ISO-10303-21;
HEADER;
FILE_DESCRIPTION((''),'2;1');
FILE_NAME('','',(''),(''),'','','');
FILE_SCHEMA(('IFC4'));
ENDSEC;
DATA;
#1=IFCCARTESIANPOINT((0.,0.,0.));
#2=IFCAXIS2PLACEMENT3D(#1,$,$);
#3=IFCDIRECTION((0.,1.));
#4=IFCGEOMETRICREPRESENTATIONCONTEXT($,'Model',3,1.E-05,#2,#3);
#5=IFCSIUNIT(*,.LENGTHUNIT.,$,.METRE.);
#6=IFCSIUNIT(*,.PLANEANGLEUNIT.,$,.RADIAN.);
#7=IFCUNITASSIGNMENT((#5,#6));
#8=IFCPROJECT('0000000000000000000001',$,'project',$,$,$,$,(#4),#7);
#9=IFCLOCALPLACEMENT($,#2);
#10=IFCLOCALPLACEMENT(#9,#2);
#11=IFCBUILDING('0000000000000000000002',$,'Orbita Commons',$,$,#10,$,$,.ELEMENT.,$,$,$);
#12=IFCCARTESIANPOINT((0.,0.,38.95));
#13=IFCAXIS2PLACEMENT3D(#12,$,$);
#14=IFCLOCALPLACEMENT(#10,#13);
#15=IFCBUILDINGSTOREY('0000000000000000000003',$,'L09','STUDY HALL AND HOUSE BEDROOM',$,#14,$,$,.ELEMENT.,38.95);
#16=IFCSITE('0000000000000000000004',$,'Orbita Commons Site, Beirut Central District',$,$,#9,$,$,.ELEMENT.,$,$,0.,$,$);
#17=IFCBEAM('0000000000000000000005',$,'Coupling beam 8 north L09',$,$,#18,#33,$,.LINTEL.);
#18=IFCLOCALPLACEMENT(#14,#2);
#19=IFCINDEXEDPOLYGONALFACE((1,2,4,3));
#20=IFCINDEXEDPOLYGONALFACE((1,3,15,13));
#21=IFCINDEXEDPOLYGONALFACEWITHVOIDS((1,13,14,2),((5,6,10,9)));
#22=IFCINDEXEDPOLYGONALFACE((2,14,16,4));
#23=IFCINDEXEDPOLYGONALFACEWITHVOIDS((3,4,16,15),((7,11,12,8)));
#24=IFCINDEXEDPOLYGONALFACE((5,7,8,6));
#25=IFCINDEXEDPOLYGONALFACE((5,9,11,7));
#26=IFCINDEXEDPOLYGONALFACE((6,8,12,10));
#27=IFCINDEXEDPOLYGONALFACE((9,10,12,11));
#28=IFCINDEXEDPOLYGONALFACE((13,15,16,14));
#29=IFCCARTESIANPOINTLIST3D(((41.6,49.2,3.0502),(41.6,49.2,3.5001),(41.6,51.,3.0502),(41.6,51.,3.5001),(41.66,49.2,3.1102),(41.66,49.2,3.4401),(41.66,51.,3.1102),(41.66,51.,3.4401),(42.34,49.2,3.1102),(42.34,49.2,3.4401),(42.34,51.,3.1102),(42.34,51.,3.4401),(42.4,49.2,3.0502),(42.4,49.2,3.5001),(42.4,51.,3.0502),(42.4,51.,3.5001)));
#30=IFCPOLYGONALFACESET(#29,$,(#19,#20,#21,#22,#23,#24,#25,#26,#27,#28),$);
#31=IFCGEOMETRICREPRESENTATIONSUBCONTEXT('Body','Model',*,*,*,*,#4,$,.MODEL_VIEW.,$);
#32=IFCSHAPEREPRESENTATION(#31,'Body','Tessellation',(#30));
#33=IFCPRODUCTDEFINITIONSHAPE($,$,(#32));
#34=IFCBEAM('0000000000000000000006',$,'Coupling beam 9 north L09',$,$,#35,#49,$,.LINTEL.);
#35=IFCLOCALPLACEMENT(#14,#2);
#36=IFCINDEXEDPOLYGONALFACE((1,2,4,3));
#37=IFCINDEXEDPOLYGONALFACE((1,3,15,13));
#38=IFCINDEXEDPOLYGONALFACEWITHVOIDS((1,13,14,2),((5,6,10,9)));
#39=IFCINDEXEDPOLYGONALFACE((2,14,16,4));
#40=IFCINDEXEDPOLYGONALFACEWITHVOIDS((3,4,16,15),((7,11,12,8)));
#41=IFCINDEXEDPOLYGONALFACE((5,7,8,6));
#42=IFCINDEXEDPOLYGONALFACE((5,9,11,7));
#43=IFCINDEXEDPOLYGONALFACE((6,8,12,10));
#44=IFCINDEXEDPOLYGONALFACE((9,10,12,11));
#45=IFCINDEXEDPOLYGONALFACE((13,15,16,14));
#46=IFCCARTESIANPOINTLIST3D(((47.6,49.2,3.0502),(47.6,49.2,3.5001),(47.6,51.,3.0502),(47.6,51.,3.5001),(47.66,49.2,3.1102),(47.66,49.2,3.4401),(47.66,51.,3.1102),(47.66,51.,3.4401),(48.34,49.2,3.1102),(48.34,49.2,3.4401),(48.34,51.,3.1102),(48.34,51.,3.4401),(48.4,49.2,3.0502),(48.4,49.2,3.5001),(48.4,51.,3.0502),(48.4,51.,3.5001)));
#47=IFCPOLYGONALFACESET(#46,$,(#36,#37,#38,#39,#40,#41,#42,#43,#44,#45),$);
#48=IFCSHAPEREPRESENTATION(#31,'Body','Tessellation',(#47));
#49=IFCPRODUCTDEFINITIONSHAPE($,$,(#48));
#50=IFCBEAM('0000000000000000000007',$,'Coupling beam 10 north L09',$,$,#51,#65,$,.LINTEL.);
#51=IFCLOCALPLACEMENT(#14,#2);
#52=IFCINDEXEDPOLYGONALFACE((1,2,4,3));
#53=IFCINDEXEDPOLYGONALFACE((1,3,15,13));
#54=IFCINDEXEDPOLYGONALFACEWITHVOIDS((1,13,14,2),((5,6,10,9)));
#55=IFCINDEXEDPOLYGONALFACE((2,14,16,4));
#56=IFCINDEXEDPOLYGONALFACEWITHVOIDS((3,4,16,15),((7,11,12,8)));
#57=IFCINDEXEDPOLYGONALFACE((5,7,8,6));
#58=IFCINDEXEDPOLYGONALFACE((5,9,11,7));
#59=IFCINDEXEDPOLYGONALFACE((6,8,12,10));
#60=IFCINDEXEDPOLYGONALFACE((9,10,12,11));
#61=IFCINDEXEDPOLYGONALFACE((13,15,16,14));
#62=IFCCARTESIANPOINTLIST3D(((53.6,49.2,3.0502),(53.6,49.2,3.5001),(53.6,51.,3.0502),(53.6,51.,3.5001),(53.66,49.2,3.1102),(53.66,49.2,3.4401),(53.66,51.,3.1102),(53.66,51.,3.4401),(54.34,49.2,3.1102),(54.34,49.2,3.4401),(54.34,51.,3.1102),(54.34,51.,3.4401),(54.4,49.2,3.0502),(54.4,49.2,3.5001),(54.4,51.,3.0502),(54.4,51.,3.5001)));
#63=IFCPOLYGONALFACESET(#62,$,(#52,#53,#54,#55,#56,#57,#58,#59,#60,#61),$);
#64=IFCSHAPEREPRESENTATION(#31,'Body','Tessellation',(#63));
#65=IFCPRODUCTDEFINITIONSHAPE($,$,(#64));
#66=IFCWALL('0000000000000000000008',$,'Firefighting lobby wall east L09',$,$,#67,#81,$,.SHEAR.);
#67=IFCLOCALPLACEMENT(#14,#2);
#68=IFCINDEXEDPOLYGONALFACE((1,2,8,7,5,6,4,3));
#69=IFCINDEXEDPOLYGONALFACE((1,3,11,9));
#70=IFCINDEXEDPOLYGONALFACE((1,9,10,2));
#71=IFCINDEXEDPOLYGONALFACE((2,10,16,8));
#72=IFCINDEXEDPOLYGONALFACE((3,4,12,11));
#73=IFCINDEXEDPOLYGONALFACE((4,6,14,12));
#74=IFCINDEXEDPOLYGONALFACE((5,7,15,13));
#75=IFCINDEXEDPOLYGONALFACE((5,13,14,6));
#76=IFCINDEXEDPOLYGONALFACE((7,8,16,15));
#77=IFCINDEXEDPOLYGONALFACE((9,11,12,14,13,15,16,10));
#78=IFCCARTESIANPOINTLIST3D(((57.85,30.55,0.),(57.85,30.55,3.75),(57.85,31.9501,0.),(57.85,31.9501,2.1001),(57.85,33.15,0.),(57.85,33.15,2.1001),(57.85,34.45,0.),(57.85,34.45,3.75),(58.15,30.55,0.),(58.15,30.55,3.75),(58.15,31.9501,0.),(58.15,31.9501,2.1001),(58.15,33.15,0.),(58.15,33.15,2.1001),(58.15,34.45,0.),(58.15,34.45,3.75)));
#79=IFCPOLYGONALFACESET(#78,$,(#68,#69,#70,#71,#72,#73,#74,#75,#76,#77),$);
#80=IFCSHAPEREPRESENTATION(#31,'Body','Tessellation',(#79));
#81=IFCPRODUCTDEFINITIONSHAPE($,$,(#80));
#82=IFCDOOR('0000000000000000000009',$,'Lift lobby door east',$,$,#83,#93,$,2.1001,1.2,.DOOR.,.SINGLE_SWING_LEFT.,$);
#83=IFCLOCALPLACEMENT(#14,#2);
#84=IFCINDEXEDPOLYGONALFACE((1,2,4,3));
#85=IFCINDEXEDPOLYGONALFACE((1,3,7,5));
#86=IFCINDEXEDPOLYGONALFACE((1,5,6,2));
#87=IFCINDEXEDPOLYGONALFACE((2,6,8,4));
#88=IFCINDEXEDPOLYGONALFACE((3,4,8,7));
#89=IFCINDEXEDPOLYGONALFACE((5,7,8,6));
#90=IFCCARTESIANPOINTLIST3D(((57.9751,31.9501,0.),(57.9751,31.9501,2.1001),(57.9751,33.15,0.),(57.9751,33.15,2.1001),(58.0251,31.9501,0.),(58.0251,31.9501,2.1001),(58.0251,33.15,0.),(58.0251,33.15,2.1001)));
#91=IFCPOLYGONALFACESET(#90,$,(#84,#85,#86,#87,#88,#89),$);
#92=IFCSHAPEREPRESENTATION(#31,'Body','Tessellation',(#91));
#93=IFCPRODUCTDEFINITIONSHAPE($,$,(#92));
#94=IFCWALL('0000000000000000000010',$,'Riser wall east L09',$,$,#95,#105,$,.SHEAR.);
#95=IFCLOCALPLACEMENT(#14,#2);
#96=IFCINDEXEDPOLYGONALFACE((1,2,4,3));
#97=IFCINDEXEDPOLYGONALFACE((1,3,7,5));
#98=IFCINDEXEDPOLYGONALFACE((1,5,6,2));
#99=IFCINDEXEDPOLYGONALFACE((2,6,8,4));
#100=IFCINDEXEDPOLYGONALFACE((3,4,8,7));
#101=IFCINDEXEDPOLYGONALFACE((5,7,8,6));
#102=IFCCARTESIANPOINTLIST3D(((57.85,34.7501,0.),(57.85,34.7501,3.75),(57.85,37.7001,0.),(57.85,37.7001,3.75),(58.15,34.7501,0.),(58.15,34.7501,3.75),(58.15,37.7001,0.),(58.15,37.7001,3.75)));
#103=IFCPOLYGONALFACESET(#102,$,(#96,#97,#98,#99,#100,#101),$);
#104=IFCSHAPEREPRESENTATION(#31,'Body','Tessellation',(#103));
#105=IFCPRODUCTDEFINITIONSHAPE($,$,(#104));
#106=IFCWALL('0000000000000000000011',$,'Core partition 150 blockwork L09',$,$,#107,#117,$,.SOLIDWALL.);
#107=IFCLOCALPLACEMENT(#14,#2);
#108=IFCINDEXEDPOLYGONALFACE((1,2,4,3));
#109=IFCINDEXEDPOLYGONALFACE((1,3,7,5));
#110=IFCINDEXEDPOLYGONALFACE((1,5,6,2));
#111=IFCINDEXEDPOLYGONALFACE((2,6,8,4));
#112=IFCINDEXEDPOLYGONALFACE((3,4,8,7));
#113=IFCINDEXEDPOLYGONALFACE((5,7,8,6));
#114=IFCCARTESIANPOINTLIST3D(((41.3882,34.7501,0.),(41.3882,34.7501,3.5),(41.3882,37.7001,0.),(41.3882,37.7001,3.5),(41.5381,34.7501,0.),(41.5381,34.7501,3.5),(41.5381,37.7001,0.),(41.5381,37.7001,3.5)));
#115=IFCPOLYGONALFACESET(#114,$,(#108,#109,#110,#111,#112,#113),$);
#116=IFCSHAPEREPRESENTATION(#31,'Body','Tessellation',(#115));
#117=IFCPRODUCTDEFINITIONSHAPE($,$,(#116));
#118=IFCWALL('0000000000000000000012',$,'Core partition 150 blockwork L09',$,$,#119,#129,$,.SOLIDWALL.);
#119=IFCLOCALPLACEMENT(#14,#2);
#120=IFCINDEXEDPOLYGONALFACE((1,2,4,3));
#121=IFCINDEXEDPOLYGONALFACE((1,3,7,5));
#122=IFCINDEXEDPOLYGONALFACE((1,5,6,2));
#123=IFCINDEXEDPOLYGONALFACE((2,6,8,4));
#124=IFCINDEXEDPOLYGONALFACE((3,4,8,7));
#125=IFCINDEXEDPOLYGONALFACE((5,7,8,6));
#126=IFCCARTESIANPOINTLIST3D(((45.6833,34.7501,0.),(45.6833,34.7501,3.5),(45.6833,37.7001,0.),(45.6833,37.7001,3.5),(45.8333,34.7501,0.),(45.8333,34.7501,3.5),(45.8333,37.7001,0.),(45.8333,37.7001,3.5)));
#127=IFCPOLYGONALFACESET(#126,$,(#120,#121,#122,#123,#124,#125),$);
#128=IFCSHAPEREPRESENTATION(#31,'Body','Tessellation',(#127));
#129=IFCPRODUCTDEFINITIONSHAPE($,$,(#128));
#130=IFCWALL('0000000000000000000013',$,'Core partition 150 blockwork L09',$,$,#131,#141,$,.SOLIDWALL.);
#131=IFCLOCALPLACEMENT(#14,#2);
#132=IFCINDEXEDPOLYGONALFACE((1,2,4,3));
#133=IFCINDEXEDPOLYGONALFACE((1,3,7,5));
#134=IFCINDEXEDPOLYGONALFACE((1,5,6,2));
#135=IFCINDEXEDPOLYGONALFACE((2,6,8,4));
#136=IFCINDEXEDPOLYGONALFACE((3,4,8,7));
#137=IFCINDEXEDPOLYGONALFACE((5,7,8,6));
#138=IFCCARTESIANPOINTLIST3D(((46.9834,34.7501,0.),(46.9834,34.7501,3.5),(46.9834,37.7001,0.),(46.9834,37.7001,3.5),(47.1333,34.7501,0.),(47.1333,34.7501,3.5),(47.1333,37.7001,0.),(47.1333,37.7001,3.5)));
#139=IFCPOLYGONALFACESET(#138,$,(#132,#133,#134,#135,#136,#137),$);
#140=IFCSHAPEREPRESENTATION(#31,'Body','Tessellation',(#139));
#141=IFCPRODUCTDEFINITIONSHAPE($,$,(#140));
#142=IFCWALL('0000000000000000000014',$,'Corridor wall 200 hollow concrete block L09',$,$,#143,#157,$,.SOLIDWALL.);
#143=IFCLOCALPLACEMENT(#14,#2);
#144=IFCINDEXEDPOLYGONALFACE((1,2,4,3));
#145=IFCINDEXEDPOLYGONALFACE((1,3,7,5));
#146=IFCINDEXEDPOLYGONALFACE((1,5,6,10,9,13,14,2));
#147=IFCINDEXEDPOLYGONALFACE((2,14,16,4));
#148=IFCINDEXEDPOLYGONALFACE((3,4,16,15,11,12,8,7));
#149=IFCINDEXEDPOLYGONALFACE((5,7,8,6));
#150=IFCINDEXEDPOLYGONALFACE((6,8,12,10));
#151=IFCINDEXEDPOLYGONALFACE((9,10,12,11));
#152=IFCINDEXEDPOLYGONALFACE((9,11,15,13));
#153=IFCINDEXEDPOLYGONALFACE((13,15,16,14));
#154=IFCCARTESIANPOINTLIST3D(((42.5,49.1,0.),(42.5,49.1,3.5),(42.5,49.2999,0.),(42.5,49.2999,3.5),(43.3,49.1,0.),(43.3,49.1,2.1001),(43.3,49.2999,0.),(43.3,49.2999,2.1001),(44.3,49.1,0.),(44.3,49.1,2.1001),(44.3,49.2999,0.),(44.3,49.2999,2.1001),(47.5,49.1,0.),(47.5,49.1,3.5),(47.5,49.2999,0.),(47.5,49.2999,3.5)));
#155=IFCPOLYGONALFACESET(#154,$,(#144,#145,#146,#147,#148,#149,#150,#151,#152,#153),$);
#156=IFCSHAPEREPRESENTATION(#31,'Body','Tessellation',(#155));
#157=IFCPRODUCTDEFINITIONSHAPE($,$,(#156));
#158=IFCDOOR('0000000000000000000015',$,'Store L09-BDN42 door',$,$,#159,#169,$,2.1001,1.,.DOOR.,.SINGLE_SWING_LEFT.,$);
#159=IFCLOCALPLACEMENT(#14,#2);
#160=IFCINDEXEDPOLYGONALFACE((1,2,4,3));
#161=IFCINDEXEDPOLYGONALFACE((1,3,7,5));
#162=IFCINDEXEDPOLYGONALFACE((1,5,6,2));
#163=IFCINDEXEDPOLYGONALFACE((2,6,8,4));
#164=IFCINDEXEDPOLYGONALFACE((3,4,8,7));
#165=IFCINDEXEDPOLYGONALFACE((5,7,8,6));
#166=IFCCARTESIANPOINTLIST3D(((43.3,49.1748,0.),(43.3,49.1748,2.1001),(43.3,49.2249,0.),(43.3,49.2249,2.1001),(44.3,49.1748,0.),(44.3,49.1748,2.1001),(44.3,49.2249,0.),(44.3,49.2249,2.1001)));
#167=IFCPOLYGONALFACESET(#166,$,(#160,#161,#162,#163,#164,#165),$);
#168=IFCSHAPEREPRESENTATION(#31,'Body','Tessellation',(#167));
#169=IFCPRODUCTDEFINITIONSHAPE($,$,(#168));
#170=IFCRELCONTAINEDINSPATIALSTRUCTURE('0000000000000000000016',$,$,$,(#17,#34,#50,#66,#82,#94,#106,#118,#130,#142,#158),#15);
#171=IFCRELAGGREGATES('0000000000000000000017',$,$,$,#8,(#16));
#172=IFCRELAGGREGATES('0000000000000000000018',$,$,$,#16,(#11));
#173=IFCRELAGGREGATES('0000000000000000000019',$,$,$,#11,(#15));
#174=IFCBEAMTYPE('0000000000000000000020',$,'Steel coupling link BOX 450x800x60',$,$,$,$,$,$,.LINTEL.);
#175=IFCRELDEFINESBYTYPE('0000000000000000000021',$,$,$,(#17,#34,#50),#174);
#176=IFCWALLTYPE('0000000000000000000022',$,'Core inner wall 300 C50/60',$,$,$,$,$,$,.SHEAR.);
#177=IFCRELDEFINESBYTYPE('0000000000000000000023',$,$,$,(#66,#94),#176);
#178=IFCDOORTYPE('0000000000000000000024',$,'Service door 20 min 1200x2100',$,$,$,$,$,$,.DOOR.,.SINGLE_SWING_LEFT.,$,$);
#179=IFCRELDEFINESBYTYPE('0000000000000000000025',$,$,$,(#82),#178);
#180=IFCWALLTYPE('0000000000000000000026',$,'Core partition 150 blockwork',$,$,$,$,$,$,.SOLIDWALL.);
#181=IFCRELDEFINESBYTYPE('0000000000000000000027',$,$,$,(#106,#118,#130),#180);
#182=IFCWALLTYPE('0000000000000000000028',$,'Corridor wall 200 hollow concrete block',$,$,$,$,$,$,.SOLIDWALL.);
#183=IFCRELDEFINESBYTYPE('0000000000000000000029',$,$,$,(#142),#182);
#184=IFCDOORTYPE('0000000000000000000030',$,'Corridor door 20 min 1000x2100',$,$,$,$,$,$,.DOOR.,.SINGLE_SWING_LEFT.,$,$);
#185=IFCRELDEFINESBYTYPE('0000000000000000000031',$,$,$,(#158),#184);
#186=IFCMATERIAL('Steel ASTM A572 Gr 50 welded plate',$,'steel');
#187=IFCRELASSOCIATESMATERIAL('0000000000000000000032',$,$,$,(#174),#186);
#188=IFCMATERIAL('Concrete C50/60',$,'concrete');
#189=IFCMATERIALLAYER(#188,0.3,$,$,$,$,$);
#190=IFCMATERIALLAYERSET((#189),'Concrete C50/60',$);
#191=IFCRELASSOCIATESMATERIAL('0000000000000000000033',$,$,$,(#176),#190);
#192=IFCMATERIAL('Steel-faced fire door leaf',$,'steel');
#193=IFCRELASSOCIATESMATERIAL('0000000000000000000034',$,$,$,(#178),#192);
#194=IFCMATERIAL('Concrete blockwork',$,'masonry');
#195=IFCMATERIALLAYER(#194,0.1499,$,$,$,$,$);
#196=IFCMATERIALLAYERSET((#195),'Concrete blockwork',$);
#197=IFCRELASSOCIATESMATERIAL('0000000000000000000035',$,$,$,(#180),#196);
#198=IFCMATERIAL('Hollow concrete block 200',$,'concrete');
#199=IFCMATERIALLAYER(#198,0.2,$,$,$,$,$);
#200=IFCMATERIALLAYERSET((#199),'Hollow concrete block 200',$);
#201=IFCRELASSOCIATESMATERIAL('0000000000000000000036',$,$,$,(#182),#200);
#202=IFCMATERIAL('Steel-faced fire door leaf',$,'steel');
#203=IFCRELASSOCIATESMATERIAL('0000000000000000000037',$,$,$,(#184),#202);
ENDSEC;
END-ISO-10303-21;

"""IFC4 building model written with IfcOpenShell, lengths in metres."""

from ifc_helpers import new_model, si_unit, direction, frame, frame_2d, origin, origin_2d, place, context, subcontext, project, spatial, rectangle, hollow_rectangle, extrude, material, layer, layer_set, material_profile, profile_set, type_object, element, fill, save


model = new_model("IFC4")

# Units and contexts
model_context = context("Model", 3, precision=1e-05, world=origin(), true_north=direction((0.0, 1.0)))
body_context = subcontext(model_context, "Body", "Model", "MODEL_VIEW")
ifc_project = project(units=[si_unit("LENGTHUNIT", "METRE"), si_unit("PLANEANGLEUNIT", "RADIAN")], contexts=[model_context])

# Site, building, storey
site_placement = place(None, origin())
site = spatial("IfcSite", under=ifc_project, at=site_placement, Name="Orbita Commons Site, Beirut Central District", CompositionType="ELEMENT", RefElevation=0.0)
building_placement = place(site_placement, origin())
building = spatial("IfcBuilding", under=site, at=building_placement, Name="Orbita Commons", CompositionType="ELEMENT")
storey_placement = place(building_placement, frame((0.0, 0.0, 38.95)))
storey = spatial("IfcBuildingStorey", under=building, at=storey_placement, Name="L09", Description="STUDY HALL AND HOUSE BEDROOM", CompositionType="ELEMENT", Elevation=38.95)

# Beams
ifc_material_1 = material(Name="Steel ASTM A572 Gr 50 welded plate", Category="steel")
ifc_material_profile = material_profile(ifc_material_1, hollow_rectangle(XDim=0.8, YDim=0.45, WallThickness=0.0601, at=origin_2d()), Name="BOX 450x800x60")
ifc_profile_set = profile_set([ifc_material_profile], Name="Steel ASTM A572 Gr 50 welded plate")
beam_type = type_object("IfcBeamType", Name="Steel coupling link BOX 450x800x60", PredefinedType="LINTEL", material=ifc_profile_set)
for number, where, z_axis, x_axis, name in (
    (1, (42.0, 49.2, 3.2751), (0.0, 1.0, 0.0), (-1.0, 0.0, 0.0), "Coupling beam 8 north L09"),
    (2, (48.0, 49.2, 3.2751), (0.0, 1.0, 0.0), (-1.0, 0.0, 0.0), "Coupling beam 9 north L09"),
    (3, (54.0, 49.2, 3.2751), (0.0, 1.0, 0.0), (-1.0, 0.0, 0.0), "Coupling beam 10 north L09"),
):
    element("IfcBeam", number, at=place(storey_placement, frame(where, z_axis=z_axis, x_axis=x_axis)), inside=storey, type_object=beam_type, Name=name, PredefinedType="LINTEL", context=body_context, shape_type="SweptSolid", body=[
        extrude(hollow_rectangle(XDim=0.8, YDim=0.45, WallThickness=0.0601, at=origin_2d()), origin(), (0.0, 0.0, 1.0), 1.8),
    ])

# Wall, opening, door
ifc_material_2 = material(Name="Concrete C50/60", Category="concrete")
ifc_layer_1 = layer(ifc_material_2, 0.3)
ifc_layer_set_1 = layer_set([ifc_layer_1], Name="Concrete C50/60")
wall_type_1 = type_object("IfcWallType", Name="Core inner wall 300 C50/60", PredefinedType="SHEAR", material=ifc_layer_set_1)
wall_1_placement = place(storey_placement, frame((58.0, 30.55, 0.0), z_axis=(0.0, 0.0, 1.0), x_axis=(0.0, 1.0, 0.0)))
wall_1 = element("IfcWall", 4, at=wall_1_placement, inside=storey, type_object=wall_type_1, Name="Firefighting lobby wall east L09", PredefinedType="SHEAR", context=body_context, shape_type="SweptSolid", body=[
    extrude(rectangle(XDim=3.8999, YDim=0.3, at=frame_2d((1.95, 0.0))), origin(), (0.0, 0.0, 1.0), 3.75),
])
opening_1_placement = place(wall_1_placement, frame((1.3999, 0.0, 0.0)))
opening_1 = element("IfcOpeningElement", 5, at=opening_1_placement, cuts=wall_1, PredefinedType="OPENING", context=body_context, shape_type="SweptSolid", body=[
    extrude(rectangle(XDim=1.2, YDim=2.1001, at=frame_2d((0.6001, 1.05))), frame((0.0, 0.1599, 0.0), z_axis=(0.0, -1.0, 0.0), x_axis=(1.0, 0.0, 0.0)), (0.0, 0.0, 1.0), 0.3201),
])
ifc_material_3 = material(Name="Steel-faced fire door leaf", Category="steel")
door_type_1 = type_object("IfcDoorType", Name="Service door 20 min 1200x2100", OperationType="SINGLE_SWING_LEFT", PredefinedType="DOOR", material=ifc_material_3)
door_1_placement = place(opening_1_placement, origin())
door_1 = element("IfcDoor", 6, at=door_1_placement, inside=storey, type_object=door_type_1, Name="Lift lobby door east", OperationType="SINGLE_SWING_LEFT", OverallHeight=2.1001, OverallWidth=1.2, PredefinedType="DOOR", context=body_context, shape_type="SweptSolid", body=[
    extrude(rectangle(XDim=1.2, YDim=2.1001, at=frame_2d((0.6001, 1.05))), frame((0.0, 0.0249, 0.0), z_axis=(0.0, -1.0, 0.0), x_axis=(1.0, 0.0, 0.0)), (0.0, 0.0, 1.0), 0.05),
])
fill(opening_1, door_1)

# Walls
wall_2_placement = place(storey_placement, frame((58.0, 34.75, 0.0), z_axis=(0.0, 0.0, 1.0), x_axis=(0.0, 1.0, 0.0)))
element("IfcWall", 7, at=wall_2_placement, inside=storey, type_object=wall_type_1, Name="Riser wall east L09", PredefinedType="SHEAR", context=body_context, shape_type="SweptSolid", body=[
    extrude(rectangle(XDim=2.95, YDim=0.3, at=frame_2d((1.4751, 0.0))), origin(), (0.0, 0.0, 1.0), 3.75),
])
ifc_material_4 = material(Name="Concrete blockwork", Category="masonry")
ifc_layer_2 = layer(ifc_material_4, 0.1499)
ifc_layer_set_2 = layer_set([ifc_layer_2], Name="Concrete blockwork")
wall_type_2 = type_object("IfcWallType", Name="Core partition 150 blockwork", PredefinedType="SOLIDWALL", material=ifc_layer_set_2)
for number, where, z_axis, x_axis, name in (
    (8, (41.4631, 34.75, 0.0), (0.0, 0.0, 1.0), (0.0, 1.0, 0.0), "Core partition 150 blockwork L09"),
    (9, (45.7583, 34.75, 0.0), (0.0, 0.0, 1.0), (0.0, 1.0, 0.0), "Core partition 150 blockwork L09"),
    (10, (47.0583, 34.75, 0.0), (0.0, 0.0, 1.0), (0.0, 1.0, 0.0), "Core partition 150 blockwork L09"),
):
    element("IfcWall", number, at=place(storey_placement, frame(where, z_axis=z_axis, x_axis=x_axis)), inside=storey, type_object=wall_type_2, Name=name, PredefinedType="SOLIDWALL", context=body_context, shape_type="SweptSolid", body=[
        extrude(rectangle(XDim=2.95, YDim=0.1499, at=frame_2d((1.4751, 0.0))), origin(), (0.0, 0.0, 1.0), 3.5),
    ])

# Wall, opening, door
ifc_material_5 = material(Name="Hollow concrete block 200", Category="concrete")
ifc_layer_3 = layer(ifc_material_5, 0.2)
ifc_layer_set_3 = layer_set([ifc_layer_3], Name="Hollow concrete block 200")
wall_type_3 = type_object("IfcWallType", Name="Corridor wall 200 hollow concrete block", PredefinedType="SOLIDWALL", material=ifc_layer_set_3)
wall_3_placement = place(storey_placement, frame((42.5, 49.2, 0.0), z_axis=(0.0, 0.0, 1.0), x_axis=(1.0, 0.0, 0.0)))
wall_3 = element("IfcWall", 11, at=wall_3_placement, inside=storey, type_object=wall_type_3, Name="Corridor wall 200 hollow concrete block L09", PredefinedType="SOLIDWALL", context=body_context, shape_type="SweptSolid", body=[
    extrude(rectangle(XDim=5.0, YDim=0.2, at=frame_2d((2.5, 0.0))), origin(), (0.0, 0.0, 1.0), 3.5),
])
opening_2_placement = place(wall_3_placement, frame((0.8, 0.0, 0.0)))
opening_2 = element("IfcOpeningElement", 12, at=opening_2_placement, cuts=wall_3, PredefinedType="OPENING", context=body_context, shape_type="SweptSolid", body=[
    extrude(rectangle(XDim=1.0, YDim=2.1001, at=frame_2d((0.5, 1.05))), frame((0.0, 0.1099, 0.0), z_axis=(0.0, -1.0, 0.0), x_axis=(1.0, 0.0, 0.0)), (0.0, 0.0, 1.0), 0.22),
])
ifc_material_6 = material(Name="Steel-faced fire door leaf", Category="steel")
door_type_2 = type_object("IfcDoorType", Name="Corridor door 20 min 1000x2100", OperationType="SINGLE_SWING_LEFT", PredefinedType="DOOR", material=ifc_material_6)
door_2_placement = place(opening_2_placement, origin())
door_2 = element("IfcDoor", 13, at=door_2_placement, inside=storey, type_object=door_type_2, Name="Store L09-BDN42 door", OperationType="SINGLE_SWING_LEFT", OverallHeight=2.1001, OverallWidth=1.0, PredefinedType="DOOR", context=body_context, shape_type="SweptSolid", body=[
    extrude(rectangle(XDim=1.0, YDim=2.1001, at=frame_2d((0.5, 1.05))), frame((0.0, 0.0249, 0.0), z_axis=(0.0, -1.0, 0.0), x_axis=(1.0, 0.0, 0.0)), (0.0, 0.0, 1.0), 0.05),
])
fill(opening_2, door_2)

save(model, "model.ifc")
